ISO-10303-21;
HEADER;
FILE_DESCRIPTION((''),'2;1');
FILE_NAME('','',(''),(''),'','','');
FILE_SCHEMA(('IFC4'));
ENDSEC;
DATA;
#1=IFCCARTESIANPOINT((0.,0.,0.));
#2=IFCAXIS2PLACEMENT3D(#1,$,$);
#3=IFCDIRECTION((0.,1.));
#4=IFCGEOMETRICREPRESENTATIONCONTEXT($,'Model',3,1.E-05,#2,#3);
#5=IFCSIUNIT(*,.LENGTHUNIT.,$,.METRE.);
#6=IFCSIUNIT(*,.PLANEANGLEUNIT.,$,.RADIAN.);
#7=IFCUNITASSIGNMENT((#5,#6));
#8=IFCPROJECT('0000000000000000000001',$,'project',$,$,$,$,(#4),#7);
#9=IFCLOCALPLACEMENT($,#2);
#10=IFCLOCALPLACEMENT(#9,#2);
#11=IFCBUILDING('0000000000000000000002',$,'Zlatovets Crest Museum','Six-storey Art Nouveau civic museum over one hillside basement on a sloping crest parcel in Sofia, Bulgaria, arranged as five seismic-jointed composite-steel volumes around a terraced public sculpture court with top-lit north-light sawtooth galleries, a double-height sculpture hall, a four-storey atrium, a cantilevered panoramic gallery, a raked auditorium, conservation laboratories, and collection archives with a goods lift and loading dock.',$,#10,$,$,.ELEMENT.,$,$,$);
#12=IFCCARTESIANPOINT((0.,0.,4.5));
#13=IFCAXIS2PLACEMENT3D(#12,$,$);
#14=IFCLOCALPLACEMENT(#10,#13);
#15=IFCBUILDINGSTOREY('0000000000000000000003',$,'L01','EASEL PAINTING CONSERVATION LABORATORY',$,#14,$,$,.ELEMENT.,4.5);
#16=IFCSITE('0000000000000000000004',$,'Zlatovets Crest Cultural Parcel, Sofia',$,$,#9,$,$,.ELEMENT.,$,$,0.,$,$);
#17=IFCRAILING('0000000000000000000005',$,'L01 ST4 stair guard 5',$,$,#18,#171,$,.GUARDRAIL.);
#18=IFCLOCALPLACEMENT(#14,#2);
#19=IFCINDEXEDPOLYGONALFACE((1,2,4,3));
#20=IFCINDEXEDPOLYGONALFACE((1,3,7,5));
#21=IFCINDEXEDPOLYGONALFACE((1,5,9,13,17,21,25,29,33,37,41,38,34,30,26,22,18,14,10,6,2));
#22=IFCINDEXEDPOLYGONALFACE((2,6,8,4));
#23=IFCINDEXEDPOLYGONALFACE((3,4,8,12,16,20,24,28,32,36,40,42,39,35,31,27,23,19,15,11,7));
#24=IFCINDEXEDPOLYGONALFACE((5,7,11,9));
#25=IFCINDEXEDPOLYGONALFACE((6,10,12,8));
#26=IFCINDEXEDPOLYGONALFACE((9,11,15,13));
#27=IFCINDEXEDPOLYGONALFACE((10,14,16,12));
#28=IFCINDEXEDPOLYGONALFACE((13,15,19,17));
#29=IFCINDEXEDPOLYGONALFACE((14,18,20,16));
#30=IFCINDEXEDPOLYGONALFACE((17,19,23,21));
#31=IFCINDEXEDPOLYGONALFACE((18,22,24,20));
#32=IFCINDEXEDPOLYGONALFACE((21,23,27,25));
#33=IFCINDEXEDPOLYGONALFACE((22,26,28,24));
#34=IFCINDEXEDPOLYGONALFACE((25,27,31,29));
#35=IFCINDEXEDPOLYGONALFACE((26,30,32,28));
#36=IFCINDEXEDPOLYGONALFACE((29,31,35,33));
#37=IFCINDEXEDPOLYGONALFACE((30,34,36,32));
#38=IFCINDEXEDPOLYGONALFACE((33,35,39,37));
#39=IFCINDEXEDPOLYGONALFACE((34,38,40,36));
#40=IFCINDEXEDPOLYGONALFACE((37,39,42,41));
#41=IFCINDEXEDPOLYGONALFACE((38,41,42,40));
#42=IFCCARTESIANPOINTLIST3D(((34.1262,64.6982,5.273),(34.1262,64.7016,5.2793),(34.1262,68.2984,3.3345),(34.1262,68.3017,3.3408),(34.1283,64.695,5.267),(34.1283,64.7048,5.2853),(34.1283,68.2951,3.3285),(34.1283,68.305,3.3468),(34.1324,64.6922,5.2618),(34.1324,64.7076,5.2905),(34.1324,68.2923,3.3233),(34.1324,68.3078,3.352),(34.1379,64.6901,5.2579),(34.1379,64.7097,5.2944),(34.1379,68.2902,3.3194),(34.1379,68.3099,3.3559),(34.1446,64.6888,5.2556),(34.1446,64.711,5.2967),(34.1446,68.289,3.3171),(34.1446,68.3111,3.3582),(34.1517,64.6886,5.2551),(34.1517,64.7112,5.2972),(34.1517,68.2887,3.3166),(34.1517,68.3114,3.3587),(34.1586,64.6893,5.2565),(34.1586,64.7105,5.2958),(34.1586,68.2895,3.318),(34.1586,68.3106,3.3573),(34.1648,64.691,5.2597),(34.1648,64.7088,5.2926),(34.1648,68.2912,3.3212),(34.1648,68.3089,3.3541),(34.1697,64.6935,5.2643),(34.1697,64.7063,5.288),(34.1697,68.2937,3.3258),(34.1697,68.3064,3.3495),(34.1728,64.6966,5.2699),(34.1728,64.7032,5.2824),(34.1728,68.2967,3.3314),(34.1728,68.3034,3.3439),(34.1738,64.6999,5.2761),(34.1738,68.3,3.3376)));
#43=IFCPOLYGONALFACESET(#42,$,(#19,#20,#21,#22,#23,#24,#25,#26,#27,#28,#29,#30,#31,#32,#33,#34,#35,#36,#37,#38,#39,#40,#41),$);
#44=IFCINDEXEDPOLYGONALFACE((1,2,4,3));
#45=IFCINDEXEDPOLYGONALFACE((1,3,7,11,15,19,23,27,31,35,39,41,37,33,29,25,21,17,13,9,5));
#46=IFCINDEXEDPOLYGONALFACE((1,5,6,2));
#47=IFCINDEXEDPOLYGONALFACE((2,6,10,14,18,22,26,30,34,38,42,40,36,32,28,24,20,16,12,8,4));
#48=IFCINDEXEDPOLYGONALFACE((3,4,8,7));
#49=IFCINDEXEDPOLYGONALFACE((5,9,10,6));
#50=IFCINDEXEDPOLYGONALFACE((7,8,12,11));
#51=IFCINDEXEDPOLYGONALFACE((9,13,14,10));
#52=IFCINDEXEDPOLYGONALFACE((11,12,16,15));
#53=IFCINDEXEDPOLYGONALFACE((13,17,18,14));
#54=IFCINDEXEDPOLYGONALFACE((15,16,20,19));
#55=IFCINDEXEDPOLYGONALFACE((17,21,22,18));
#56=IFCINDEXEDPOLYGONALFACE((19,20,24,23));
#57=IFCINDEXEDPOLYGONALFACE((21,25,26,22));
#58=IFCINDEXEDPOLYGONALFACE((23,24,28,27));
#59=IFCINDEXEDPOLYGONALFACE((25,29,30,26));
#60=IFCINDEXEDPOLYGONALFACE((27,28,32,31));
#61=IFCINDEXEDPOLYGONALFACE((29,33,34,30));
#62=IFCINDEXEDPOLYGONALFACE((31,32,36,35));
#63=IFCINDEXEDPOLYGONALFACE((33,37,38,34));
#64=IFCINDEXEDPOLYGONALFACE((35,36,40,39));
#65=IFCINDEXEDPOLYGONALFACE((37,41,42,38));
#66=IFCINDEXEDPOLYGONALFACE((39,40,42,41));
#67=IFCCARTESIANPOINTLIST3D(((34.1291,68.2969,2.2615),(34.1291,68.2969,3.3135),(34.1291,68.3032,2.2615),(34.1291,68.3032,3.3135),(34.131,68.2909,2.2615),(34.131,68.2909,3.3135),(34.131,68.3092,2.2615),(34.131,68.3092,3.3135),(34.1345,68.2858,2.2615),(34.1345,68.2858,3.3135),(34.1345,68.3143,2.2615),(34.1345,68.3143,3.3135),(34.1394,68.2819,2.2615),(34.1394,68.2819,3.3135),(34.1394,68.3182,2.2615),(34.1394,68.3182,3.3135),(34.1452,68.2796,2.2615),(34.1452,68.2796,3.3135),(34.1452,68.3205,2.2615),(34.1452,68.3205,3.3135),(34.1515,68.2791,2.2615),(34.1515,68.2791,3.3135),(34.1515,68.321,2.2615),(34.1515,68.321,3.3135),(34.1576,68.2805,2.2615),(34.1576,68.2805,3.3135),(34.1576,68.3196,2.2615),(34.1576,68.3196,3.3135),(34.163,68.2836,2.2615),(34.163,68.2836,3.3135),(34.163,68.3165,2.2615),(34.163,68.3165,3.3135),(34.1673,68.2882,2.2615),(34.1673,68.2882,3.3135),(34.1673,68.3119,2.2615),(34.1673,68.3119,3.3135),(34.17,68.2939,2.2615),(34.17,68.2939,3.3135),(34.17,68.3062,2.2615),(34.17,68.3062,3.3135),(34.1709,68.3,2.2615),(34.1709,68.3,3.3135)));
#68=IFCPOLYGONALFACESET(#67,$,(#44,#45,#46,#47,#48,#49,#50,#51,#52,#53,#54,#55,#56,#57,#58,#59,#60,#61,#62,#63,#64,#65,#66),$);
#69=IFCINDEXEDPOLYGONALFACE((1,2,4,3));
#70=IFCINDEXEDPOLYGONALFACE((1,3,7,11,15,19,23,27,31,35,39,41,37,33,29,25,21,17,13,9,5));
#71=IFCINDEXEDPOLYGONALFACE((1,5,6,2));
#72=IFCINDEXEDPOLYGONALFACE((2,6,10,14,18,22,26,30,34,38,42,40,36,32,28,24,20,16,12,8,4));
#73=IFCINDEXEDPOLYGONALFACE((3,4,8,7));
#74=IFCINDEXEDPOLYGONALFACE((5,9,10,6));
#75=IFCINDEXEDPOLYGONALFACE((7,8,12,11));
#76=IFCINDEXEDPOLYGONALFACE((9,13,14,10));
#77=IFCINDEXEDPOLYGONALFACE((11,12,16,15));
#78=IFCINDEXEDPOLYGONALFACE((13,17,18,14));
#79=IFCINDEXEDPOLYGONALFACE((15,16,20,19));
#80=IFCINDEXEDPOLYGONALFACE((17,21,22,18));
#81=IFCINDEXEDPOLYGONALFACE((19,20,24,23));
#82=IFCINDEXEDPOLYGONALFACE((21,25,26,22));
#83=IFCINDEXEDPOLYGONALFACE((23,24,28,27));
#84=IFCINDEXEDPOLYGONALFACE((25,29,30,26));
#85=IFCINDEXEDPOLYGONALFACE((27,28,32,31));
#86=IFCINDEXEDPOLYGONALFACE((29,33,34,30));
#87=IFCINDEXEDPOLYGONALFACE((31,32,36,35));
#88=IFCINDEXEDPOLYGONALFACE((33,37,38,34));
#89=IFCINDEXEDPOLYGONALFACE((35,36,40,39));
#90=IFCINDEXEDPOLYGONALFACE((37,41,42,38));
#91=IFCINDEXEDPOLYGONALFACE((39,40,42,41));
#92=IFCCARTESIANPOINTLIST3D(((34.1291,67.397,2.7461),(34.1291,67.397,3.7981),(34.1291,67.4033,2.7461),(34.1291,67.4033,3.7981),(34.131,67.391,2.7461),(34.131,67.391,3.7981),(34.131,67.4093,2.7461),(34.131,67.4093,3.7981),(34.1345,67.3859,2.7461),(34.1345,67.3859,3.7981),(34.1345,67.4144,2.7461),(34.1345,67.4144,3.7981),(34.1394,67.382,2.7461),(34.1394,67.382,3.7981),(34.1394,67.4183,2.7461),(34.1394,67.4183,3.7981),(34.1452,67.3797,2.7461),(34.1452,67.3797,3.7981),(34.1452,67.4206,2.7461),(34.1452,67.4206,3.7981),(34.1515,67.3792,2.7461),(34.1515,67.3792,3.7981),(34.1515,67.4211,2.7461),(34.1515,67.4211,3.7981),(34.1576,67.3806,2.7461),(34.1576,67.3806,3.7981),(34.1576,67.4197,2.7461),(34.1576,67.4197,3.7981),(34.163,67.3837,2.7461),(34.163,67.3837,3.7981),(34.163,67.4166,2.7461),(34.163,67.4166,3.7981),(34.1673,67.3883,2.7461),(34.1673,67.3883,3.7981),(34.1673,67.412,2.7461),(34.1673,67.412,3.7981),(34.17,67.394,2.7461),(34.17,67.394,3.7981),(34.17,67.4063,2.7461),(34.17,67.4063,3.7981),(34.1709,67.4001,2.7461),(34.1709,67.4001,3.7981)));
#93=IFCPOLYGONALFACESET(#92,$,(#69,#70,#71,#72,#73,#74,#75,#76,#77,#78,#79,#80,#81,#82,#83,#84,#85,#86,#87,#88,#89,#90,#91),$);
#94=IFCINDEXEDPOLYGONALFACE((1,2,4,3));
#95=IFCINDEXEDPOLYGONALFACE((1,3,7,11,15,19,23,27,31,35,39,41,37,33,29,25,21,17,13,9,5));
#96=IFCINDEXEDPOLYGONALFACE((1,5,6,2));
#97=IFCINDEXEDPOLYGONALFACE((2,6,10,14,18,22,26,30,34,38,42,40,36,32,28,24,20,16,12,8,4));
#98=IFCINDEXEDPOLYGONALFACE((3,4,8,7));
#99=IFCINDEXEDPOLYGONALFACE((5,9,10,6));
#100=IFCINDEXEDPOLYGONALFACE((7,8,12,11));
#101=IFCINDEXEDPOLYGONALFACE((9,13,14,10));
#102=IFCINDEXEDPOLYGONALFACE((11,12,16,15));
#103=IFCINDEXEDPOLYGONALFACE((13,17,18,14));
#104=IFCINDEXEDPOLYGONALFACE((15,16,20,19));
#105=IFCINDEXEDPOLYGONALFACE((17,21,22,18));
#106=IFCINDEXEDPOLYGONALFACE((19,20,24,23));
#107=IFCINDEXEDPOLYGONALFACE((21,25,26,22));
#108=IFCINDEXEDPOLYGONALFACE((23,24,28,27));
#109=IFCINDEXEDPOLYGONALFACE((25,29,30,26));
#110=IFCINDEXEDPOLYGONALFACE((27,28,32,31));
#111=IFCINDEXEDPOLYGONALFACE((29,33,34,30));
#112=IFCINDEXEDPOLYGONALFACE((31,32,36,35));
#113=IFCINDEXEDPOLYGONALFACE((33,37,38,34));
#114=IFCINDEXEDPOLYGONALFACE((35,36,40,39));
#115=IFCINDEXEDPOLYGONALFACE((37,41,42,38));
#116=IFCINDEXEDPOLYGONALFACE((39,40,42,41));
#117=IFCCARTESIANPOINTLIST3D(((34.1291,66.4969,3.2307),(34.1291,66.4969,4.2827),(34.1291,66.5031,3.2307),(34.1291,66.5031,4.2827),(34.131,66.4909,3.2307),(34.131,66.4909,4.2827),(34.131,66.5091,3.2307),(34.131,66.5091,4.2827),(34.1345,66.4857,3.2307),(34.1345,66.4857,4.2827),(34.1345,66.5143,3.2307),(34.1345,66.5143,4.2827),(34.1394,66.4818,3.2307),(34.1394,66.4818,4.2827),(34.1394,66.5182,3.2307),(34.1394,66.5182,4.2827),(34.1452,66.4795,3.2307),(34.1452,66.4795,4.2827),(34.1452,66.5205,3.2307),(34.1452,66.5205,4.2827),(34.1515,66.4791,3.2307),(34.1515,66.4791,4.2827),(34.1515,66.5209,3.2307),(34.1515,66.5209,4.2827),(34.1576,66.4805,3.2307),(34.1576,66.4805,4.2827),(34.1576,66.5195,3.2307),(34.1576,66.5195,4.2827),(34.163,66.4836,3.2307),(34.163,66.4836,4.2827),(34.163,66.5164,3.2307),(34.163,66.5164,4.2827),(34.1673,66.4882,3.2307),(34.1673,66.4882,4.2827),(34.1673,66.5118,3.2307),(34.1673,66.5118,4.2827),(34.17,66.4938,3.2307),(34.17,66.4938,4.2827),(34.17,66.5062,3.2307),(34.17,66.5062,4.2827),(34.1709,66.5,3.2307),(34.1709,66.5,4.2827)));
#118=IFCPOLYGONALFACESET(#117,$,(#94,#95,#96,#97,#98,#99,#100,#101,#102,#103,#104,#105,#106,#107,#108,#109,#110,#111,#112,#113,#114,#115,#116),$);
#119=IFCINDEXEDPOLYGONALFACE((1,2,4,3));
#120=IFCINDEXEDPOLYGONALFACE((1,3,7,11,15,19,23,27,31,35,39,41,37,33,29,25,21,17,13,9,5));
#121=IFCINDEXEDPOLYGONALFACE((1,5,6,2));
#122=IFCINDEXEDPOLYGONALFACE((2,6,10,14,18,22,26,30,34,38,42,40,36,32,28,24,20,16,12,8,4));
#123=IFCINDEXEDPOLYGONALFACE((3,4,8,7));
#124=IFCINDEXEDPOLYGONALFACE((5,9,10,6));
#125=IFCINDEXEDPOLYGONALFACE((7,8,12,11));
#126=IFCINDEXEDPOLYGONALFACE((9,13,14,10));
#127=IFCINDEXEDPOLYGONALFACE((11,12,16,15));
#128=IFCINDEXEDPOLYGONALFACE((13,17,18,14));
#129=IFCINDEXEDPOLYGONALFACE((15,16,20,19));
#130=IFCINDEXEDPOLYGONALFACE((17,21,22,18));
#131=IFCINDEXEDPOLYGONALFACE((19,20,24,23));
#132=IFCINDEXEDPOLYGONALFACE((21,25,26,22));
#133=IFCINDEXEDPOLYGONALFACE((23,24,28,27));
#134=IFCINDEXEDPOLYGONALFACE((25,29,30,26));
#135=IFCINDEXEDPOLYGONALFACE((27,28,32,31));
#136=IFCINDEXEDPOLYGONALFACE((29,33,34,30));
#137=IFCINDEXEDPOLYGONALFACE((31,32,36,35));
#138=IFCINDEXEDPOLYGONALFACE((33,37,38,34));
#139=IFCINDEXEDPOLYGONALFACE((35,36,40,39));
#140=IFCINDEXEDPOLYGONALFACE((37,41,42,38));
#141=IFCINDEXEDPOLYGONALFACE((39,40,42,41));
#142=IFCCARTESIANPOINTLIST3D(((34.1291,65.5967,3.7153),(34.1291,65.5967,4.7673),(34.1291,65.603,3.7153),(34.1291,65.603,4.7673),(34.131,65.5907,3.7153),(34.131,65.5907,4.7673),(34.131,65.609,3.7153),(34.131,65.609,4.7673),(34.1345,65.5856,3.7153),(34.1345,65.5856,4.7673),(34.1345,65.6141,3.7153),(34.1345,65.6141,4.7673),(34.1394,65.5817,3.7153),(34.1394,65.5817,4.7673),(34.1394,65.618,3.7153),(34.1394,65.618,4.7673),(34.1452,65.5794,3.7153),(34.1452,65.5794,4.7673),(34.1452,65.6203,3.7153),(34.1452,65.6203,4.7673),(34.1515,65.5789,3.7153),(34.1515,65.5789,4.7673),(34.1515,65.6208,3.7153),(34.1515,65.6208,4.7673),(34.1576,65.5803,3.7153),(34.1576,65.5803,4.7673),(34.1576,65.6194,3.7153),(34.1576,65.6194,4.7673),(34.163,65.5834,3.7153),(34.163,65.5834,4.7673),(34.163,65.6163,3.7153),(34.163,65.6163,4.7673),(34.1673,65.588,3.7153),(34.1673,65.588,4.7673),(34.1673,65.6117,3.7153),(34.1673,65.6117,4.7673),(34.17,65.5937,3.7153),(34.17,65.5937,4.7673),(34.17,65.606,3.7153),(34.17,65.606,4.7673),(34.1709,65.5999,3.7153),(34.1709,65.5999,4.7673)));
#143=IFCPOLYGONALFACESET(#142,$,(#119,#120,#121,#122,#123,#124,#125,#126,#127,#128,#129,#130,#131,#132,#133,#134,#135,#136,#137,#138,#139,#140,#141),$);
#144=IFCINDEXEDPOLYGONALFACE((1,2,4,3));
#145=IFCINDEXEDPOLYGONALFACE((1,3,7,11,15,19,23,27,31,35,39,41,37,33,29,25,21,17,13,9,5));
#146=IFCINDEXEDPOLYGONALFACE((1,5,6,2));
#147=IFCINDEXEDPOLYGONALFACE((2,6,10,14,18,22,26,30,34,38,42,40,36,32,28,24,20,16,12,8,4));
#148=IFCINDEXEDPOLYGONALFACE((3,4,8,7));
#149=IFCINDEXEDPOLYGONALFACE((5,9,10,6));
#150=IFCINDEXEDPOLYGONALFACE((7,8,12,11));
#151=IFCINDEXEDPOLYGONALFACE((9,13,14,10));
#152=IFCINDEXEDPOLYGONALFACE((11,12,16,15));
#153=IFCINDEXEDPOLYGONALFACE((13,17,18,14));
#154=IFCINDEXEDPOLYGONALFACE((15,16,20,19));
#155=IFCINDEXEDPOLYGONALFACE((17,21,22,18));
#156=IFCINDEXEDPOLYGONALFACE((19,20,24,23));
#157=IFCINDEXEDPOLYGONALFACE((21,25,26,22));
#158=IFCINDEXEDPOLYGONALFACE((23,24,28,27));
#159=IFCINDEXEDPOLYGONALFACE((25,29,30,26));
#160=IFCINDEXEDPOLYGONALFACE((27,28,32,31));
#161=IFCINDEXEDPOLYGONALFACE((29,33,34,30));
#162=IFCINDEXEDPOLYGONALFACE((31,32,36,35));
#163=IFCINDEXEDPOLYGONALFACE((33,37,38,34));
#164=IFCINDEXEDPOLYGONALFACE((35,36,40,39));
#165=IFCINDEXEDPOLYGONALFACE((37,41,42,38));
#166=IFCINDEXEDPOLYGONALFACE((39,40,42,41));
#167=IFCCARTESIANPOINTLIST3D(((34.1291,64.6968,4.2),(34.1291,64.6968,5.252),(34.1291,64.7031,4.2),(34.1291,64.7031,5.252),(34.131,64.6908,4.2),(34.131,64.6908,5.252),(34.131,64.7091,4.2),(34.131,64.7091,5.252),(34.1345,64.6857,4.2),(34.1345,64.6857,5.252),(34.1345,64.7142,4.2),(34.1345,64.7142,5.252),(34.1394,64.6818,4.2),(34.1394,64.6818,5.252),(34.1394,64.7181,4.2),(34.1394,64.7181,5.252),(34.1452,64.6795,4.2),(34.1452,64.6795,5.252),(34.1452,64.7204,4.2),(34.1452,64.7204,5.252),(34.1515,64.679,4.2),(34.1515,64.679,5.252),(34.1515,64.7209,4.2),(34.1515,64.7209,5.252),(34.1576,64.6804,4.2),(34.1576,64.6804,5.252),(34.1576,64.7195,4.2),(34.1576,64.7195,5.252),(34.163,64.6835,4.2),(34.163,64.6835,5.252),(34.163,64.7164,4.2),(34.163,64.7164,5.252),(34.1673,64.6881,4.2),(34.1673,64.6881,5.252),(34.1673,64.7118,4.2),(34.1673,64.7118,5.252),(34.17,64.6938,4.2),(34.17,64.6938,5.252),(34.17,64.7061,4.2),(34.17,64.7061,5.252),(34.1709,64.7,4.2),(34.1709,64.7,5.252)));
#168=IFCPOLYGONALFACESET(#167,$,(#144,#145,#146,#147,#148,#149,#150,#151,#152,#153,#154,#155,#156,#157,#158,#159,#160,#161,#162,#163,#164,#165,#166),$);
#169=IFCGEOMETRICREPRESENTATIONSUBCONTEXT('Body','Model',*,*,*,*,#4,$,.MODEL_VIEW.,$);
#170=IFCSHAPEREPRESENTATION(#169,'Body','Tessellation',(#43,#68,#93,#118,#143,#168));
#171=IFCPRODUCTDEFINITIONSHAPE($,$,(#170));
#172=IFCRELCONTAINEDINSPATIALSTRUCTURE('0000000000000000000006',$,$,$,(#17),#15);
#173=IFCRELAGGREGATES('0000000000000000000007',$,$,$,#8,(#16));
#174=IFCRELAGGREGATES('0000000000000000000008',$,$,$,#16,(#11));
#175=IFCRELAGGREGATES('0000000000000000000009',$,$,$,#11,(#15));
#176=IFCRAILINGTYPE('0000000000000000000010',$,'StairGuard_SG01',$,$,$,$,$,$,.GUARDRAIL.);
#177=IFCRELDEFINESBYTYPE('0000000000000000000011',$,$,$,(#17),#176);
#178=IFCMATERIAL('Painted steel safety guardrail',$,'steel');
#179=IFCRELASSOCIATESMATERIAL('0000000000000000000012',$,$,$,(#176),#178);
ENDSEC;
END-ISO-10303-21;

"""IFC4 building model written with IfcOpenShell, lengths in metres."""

from ifc_helpers import new_model, si_unit, direction, frame, origin, origin_2d, place, context, subcontext, project, spatial, circle, extrude, material, type_object, element, save


model = new_model("IFC4")

# Units and contexts
model_context = context("Model", 3, precision=1e-05, world=origin(), true_north=direction((0.0, 1.0)))
body_context = subcontext(model_context, "Body", "Model", "MODEL_VIEW")
ifc_project = project(units=[si_unit("LENGTHUNIT", "METRE"), si_unit("PLANEANGLEUNIT", "RADIAN")], contexts=[model_context])

# Site, building, storey
site_placement = place(None, origin())
site = spatial("IfcSite", under=ifc_project, at=site_placement, Name="Zlatovets Crest Cultural Parcel, Sofia", CompositionType="ELEMENT", RefElevation=0.0)
building_placement = place(site_placement, origin())
building = spatial("IfcBuilding", under=site, at=building_placement, Name="Zlatovets Crest Museum", Description="Six-storey Art Nouveau civic museum over one hillside basement on a sloping crest parcel in Sofia, Bulgaria, arranged as five seismic-jointed composite-steel volumes around a terraced public sculpture court with top-lit north-light sawtooth galleries, a double-height sculpture hall, a four-storey atrium, a cantilevered panoramic gallery, a raked auditorium, conservation laboratories, and collection archives with a goods lift and loading dock.", CompositionType="ELEMENT")
storey_placement = place(building_placement, frame((0.0, 0.0, 4.5)))
storey = spatial("IfcBuildingStorey", under=building, at=storey_placement, Name="L01", Description="EASEL PAINTING CONSERVATION LABORATORY", CompositionType="ELEMENT", Elevation=4.5)

# Railing
ifc_material_1 = material(Name="Painted steel safety guardrail", Category="steel")
railing_type_1 = type_object("IfcRailingType", Name="StairGuard_SG01", PredefinedType="GUARDRAIL", material=ifc_material_1)
railing_1_placement = place(storey_placement, frame((34.1499, 68.3, 2.2615)))
element("IfcRailing", 1, at=railing_1_placement, inside=storey, type_object=railing_type_1, Name="L01 ST4 stair guard 5", PredefinedType="GUARDRAIL", context=body_context, shape_type="SweptSolid", body=[
    extrude(circle(Radius=0.0239, at=origin_2d()), frame((0.0, 0.0, 1.0762), z_axis=(0.0, -0.880475, 0.474093), x_axis=(1.0, 0.0, 0.0)), (0.0, 0.0, 1.0), 4.0889),
    extrude(circle(Radius=0.021, at=origin_2d()), origin(), (0.0, 0.0, 1.0), 1.052),
    extrude(circle(Radius=0.021, at=origin_2d()), frame((0.0, -0.8999, 0.4846)), (0.0, 0.0, 1.0), 1.052),
    extrude(circle(Radius=0.021, at=origin_2d()), frame((0.0, -1.8, 0.9692)), (0.0, 0.0, 1.0), 1.052),
    extrude(circle(Radius=0.021, at=origin_2d()), frame((0.0, -2.7002, 1.4539)), (0.0, 0.0, 1.0), 1.052),
    extrude(circle(Radius=0.021, at=origin_2d()), frame((0.0, -3.6001, 1.9385)), (0.0, 0.0, 1.0), 1.052),
])

save(model, "model.ifc")
